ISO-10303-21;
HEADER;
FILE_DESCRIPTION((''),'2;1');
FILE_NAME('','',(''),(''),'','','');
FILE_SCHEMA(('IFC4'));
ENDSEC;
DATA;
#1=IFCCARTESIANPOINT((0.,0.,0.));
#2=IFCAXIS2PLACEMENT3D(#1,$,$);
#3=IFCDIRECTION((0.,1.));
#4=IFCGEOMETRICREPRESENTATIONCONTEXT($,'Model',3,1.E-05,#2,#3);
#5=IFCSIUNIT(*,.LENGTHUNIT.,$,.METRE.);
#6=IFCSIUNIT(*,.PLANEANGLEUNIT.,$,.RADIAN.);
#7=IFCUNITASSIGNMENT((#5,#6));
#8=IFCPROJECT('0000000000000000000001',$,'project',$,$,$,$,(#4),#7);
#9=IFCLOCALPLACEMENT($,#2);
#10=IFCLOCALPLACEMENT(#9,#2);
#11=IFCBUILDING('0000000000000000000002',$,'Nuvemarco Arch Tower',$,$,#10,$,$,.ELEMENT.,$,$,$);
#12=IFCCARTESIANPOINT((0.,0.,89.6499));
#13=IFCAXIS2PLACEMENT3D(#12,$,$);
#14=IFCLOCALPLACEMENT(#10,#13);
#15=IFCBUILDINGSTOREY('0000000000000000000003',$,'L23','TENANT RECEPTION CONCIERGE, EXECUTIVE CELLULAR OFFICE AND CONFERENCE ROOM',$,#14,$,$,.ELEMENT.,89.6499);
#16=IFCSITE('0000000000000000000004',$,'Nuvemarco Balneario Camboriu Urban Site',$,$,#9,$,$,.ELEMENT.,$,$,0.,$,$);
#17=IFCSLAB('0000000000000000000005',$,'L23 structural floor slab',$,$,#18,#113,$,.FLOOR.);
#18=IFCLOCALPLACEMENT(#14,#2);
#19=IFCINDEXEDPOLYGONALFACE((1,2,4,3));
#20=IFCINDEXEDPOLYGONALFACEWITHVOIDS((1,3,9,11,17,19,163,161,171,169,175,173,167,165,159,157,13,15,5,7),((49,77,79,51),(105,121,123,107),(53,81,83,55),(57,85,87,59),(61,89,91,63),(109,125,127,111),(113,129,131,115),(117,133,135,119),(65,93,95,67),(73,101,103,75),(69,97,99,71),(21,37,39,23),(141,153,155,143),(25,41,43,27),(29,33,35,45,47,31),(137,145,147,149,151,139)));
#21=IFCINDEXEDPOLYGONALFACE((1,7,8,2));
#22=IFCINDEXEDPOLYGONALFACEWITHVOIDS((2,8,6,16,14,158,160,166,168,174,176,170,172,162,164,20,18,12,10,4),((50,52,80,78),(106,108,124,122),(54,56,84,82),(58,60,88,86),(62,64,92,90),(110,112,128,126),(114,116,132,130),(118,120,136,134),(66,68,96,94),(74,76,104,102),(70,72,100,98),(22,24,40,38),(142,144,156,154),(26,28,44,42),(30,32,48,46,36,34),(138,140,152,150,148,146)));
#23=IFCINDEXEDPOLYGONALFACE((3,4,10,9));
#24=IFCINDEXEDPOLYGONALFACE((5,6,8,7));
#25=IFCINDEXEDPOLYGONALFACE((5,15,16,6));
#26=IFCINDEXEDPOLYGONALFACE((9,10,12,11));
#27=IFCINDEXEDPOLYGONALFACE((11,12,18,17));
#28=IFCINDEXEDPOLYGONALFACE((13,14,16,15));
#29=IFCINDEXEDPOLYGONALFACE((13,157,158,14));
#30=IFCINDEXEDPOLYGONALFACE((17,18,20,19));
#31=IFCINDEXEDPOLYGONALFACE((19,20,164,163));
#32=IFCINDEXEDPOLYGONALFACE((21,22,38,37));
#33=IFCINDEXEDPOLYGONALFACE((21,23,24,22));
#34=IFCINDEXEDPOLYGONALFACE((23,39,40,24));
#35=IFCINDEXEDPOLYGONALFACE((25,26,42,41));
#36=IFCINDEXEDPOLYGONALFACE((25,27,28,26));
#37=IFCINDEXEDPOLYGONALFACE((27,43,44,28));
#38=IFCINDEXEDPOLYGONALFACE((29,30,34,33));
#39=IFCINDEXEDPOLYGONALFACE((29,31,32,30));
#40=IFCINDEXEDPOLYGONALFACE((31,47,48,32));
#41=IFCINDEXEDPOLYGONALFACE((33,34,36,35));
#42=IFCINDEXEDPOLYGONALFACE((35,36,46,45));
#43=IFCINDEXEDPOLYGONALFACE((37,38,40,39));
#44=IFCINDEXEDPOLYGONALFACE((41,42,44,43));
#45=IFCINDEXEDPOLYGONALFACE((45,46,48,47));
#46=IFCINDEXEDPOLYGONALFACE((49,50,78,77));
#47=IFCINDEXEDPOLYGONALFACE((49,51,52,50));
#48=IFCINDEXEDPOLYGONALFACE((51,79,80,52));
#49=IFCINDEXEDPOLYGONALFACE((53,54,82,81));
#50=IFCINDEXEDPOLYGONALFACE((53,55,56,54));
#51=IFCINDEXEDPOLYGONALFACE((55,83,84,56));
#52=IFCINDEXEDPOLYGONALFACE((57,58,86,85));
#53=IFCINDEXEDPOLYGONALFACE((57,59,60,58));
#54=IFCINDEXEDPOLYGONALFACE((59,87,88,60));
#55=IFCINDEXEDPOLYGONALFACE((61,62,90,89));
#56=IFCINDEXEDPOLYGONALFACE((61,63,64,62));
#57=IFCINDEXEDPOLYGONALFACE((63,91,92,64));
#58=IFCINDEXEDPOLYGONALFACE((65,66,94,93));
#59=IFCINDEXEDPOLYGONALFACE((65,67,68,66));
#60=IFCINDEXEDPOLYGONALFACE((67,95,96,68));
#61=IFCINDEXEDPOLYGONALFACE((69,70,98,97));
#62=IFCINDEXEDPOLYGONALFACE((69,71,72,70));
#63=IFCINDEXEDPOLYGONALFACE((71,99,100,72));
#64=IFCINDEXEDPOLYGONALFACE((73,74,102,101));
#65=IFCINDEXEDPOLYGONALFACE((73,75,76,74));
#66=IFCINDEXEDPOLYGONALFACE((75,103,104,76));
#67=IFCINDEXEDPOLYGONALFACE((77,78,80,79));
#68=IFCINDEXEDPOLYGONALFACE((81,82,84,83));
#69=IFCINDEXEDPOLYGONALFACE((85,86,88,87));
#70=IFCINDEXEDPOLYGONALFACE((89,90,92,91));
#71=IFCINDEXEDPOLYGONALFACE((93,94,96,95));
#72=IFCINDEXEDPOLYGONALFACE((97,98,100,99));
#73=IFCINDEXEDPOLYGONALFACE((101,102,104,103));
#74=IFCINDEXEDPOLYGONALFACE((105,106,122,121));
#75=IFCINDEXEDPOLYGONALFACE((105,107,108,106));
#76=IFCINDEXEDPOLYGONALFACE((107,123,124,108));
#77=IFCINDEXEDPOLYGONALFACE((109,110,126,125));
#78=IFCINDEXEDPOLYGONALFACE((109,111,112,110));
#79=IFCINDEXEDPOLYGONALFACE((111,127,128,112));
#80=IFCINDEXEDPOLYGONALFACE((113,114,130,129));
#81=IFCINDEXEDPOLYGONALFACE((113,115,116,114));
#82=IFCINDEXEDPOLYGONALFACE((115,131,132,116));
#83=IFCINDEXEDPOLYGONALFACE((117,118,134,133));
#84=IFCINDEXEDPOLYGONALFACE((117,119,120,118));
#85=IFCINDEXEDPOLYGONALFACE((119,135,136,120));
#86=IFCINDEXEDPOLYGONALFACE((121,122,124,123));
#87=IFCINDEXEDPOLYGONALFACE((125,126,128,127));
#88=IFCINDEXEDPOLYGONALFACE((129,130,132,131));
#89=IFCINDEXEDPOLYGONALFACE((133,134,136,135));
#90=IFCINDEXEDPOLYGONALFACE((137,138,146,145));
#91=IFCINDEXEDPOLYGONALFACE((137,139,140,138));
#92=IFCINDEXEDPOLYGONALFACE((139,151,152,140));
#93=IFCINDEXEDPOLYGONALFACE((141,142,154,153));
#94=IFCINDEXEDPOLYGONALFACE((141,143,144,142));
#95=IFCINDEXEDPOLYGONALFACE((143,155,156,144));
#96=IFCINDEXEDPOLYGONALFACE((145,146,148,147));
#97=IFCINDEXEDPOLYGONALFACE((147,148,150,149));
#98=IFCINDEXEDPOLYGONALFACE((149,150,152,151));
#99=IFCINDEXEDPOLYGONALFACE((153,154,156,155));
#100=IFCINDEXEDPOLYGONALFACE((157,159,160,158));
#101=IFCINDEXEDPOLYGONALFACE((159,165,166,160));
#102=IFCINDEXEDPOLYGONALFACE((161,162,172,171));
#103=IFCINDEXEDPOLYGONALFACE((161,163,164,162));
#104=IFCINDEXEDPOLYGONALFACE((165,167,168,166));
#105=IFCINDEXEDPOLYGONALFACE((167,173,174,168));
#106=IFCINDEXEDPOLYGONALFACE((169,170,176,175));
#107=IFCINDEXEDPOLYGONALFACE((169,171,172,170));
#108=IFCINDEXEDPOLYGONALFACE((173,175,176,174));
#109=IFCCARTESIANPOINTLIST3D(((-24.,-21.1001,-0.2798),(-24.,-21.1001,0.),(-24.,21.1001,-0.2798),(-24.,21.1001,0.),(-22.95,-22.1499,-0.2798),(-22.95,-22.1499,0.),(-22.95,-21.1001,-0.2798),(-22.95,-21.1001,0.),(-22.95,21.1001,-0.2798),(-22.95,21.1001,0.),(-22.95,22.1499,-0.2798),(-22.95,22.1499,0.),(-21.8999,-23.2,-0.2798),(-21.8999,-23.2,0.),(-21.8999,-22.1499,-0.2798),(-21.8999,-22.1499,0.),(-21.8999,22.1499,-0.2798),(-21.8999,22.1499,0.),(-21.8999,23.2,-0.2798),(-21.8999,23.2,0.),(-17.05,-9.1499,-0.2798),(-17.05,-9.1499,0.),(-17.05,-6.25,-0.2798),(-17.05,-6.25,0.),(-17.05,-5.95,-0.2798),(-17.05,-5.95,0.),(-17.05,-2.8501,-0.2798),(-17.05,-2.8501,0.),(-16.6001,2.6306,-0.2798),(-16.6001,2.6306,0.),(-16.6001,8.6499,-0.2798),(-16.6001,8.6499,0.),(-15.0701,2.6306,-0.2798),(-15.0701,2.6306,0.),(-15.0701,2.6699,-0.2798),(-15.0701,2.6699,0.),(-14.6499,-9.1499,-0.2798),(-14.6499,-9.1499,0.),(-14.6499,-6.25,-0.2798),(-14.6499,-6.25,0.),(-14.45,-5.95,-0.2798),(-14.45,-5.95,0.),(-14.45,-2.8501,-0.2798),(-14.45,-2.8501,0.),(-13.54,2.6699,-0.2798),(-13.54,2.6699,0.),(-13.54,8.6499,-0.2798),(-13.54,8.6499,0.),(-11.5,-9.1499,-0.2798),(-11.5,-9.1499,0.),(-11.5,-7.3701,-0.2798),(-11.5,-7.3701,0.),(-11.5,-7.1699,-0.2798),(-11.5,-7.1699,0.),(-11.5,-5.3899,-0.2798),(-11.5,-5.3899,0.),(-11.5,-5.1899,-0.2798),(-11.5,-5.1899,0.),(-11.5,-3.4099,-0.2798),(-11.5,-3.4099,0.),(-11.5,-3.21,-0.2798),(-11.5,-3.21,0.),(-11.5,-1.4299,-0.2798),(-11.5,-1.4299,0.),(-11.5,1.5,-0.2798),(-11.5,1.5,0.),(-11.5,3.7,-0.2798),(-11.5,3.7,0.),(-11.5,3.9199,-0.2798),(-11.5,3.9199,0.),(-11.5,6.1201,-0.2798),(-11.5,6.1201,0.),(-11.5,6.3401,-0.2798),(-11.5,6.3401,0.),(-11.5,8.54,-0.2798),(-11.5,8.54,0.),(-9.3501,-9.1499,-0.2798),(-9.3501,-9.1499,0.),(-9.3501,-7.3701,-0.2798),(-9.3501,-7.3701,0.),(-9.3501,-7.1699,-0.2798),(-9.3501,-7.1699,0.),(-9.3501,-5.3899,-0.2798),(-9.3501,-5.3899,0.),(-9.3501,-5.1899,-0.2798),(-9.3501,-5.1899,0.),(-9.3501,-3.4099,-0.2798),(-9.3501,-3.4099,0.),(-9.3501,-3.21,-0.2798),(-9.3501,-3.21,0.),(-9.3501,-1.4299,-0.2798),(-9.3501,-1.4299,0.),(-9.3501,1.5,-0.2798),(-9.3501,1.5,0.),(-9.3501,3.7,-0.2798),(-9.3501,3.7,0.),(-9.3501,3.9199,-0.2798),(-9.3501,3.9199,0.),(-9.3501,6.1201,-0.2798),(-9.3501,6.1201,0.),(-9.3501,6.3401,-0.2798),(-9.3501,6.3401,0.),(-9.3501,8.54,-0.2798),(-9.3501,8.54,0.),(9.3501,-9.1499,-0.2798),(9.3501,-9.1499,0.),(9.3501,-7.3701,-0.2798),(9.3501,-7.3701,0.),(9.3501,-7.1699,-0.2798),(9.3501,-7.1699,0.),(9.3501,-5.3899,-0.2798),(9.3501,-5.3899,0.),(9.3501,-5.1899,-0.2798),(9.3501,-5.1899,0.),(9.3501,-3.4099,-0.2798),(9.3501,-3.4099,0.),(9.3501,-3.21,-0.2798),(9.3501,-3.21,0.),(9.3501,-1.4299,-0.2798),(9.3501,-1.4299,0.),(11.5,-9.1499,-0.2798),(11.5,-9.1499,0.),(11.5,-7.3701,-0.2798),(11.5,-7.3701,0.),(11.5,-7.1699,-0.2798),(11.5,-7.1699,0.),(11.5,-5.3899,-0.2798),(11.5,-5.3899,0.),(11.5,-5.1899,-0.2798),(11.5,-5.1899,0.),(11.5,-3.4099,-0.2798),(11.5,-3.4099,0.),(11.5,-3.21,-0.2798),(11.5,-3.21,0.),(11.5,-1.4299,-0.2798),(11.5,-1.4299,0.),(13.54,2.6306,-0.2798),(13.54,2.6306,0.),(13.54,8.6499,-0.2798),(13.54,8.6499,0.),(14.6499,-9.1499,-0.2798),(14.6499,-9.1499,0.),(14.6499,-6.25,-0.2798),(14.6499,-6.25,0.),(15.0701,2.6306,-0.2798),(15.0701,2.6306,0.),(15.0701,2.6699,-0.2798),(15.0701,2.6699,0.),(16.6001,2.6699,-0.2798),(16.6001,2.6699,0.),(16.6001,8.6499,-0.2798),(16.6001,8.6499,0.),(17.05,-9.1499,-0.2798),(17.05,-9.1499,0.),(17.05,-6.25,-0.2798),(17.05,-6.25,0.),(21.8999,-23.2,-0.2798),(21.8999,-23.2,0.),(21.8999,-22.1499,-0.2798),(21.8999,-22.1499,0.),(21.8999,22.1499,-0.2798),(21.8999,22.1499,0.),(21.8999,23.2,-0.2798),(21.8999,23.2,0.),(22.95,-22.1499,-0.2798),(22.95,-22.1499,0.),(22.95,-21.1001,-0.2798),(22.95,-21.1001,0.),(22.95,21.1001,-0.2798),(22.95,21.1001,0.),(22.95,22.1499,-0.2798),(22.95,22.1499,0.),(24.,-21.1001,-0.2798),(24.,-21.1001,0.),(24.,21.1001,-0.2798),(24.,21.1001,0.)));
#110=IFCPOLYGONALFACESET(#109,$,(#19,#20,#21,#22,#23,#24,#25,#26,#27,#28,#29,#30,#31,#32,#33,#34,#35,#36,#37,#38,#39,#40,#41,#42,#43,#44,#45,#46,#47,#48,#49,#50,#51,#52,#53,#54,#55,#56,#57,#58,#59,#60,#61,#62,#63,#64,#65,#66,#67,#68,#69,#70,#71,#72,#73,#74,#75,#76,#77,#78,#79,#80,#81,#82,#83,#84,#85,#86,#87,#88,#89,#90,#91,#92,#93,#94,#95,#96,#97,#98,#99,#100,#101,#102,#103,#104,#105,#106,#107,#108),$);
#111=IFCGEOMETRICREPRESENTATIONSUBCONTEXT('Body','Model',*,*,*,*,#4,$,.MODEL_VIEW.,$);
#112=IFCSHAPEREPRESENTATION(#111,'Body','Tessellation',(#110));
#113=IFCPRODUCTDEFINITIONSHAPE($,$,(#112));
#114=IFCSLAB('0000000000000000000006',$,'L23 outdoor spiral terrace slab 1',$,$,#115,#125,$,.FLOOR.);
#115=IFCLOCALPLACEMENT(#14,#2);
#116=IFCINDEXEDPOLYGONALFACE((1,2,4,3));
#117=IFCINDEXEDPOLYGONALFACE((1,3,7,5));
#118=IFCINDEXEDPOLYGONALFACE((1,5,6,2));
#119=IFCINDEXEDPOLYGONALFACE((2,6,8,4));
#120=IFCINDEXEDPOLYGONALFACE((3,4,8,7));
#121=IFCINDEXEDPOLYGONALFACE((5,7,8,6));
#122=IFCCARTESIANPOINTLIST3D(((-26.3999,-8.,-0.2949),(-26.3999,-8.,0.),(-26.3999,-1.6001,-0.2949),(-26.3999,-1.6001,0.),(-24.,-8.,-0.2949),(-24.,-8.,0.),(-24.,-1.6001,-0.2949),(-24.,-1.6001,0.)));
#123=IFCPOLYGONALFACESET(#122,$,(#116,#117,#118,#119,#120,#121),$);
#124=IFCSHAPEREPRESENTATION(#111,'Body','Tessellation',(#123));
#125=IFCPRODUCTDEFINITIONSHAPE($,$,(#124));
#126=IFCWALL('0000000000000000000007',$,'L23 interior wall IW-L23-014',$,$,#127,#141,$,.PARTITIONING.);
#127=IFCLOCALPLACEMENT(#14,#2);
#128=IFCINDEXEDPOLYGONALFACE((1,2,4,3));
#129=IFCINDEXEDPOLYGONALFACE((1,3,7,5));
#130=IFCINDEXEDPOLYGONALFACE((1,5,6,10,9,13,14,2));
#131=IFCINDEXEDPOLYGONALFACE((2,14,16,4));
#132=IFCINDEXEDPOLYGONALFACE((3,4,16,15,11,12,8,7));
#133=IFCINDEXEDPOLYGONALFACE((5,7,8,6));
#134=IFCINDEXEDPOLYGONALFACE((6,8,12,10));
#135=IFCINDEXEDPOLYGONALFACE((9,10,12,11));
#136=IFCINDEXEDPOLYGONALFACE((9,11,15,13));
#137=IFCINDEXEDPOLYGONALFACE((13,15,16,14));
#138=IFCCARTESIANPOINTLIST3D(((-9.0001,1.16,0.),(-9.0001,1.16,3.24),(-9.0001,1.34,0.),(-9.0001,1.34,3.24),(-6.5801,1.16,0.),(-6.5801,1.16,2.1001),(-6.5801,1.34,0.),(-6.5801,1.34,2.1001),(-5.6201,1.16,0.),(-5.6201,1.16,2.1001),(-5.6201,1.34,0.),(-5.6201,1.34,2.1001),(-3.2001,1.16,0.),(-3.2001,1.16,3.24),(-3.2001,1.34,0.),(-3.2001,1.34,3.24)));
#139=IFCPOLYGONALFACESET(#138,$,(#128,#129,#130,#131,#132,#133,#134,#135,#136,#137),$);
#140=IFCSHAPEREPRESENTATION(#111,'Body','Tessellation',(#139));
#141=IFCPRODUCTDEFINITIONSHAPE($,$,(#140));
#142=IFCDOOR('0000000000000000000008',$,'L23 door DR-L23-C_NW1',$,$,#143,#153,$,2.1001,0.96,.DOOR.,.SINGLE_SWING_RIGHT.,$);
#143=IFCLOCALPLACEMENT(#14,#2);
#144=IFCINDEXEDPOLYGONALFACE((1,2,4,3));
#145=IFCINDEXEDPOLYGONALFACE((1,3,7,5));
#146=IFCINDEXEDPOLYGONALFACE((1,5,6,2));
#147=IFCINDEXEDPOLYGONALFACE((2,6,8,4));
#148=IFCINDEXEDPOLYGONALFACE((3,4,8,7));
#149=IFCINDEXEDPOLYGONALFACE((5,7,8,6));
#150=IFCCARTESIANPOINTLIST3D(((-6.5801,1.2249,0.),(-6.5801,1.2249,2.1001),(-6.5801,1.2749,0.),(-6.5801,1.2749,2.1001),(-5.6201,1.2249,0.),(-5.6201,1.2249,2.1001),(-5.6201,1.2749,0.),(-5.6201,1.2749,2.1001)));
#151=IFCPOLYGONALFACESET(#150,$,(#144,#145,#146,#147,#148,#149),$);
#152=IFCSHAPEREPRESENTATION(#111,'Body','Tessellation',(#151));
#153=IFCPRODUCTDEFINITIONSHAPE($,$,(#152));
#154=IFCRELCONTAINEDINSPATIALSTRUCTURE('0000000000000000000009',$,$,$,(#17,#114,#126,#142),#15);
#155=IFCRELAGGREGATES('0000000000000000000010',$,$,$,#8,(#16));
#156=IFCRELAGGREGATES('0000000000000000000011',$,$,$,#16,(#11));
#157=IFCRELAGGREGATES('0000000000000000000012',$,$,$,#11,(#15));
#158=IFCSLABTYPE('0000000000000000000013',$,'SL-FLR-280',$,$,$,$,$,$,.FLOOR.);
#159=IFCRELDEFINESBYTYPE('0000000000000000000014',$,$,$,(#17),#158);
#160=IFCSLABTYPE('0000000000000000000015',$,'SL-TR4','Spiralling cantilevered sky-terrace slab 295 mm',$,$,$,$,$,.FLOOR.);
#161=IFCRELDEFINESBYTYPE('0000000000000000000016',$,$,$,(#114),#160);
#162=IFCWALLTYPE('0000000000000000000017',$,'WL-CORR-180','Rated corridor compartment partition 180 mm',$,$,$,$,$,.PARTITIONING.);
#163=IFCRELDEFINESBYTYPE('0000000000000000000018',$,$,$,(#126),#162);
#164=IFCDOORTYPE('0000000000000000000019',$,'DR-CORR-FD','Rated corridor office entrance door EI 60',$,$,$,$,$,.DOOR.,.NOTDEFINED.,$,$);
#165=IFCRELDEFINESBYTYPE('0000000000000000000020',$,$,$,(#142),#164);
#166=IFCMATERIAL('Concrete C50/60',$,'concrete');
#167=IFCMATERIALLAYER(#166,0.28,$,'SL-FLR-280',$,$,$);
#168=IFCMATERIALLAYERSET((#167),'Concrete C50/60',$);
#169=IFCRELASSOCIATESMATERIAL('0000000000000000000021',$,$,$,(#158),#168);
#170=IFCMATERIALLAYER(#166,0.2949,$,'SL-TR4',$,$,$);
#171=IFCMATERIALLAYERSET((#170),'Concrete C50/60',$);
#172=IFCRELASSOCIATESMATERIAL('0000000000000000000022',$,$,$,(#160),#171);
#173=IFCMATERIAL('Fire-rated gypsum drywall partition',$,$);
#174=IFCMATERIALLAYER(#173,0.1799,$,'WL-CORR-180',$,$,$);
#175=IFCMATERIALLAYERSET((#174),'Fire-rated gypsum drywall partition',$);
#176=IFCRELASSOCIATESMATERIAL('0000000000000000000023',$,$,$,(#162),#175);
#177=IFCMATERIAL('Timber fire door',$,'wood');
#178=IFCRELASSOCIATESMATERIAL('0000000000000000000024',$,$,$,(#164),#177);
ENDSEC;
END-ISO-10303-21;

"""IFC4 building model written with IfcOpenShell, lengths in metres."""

from ifc_helpers import new_model, si_unit, direction, frame, frame_2d, origin, place, context, subcontext, project, spatial, polyline, rectangle, outline, extrude, source, transform, mapped, material, layer, layer_set, type_object, type_shapes, element, fill, save


model = new_model("IFC4")

# Units and contexts
model_context = context("Model", 3, precision=1e-05, world=origin(), true_north=direction((0.0, 1.0)))
body_context = subcontext(model_context, "Body", "Model", "MODEL_VIEW")
ifc_project = project(units=[si_unit("LENGTHUNIT", "METRE"), si_unit("PLANEANGLEUNIT", "RADIAN")], contexts=[model_context])

# Site, building, storey
site_placement = place(None, origin())
site = spatial("IfcSite", under=ifc_project, at=site_placement, Name="Nuvemarco Balneario Camboriu Urban Site", CompositionType="ELEMENT", RefElevation=0.0)
building_placement = place(site_placement, origin())
building = spatial("IfcBuilding", under=site, at=building_placement, Name="Nuvemarco Arch Tower", CompositionType="ELEMENT")
storey_placement = place(building_placement, frame((0.0, 0.0, 89.6499)))
storey = spatial("IfcBuildingStorey", under=building, at=storey_placement, Name="L23", Description="TENANT RECEPTION CONCIERGE, EXECUTIVE CELLULAR OFFICE AND CONFERENCE ROOM", CompositionType="ELEMENT", Elevation=89.6499)

# Slabs
ifc_material_1 = material(Name="Concrete C50/60", Category="concrete")
ifc_layer_1 = layer(ifc_material_1, 0.28, Name="SL-FLR-280")
ifc_layer_set_1 = layer_set([ifc_layer_1], Name="Concrete C50/60")
slab_type_1 = type_object("IfcSlabType", Name="SL-FLR-280", PredefinedType="FLOOR", material=ifc_layer_set_1)
slab_1_placement = place(storey_placement, frame((0.0, 0.0, -0.2798)))
element("IfcSlab", 1, at=slab_1_placement, inside=storey, type_object=slab_type_1, Name="L23 structural floor slab", PredefinedType="FLOOR", context=body_context, shape_type="SweptSolid", body=[
    extrude(outline(polyline([(-21.8999, -23.2), (21.8999, -23.2), (21.8999, -22.1499), (22.95, -22.1499), (22.95, -21.1001), (24.0, -21.1001), (24.0, 21.1001), (22.95, 21.1001), (22.95, 22.1499), (21.8999, 22.1499), (21.8999, 23.2), (-21.8999, 23.2), (-21.8999, 22.1499), (-22.95, 22.1499), (-22.95, 21.1001), (-24.0, 21.1001), (-24.0, -21.1001), (-22.95, -21.1001), (-22.95, -22.1499), (-21.8999, -22.1499), (-21.8999, -23.2)]), holes=[polyline([(-13.54, 2.6699), (-13.54, 8.6499), (-16.6001, 8.6499), (-16.6001, 2.6306), (-15.0701, 2.6306), (-15.0701, 2.6699), (-13.54, 2.6699)]), polyline([(16.6001, 2.6699), (16.6001, 8.6499), (13.54, 8.6499), (13.54, 2.6306), (15.0701, 2.6306), (15.0701, 2.6699), (16.6001, 2.6699)]), polyline([(-17.05, -9.1499), (-14.6499, -9.1499), (-14.6499, -6.25), (-17.05, -6.25), (-17.05, -9.1499)]), polyline([(-17.05, -5.95), (-14.45, -5.95), (-14.45, -2.8501), (-17.05, -2.8501), (-17.05, -5.95)]), polyline([(-11.5, -9.1499), (-9.3501, -9.1499), (-9.3501, -7.3701), (-11.5, -7.3701), (-11.5, -9.1499)]), polyline([(-11.5, -7.1699), (-9.3501, -7.1699), (-9.3501, -5.3899), (-11.5, -5.3899), (-11.5, -7.1699)]), polyline([(-11.5, -5.1899), (-9.3501, -5.1899), (-9.3501, -3.4099), (-11.5, -3.4099), (-11.5, -5.1899)]), polyline([(-11.5, -3.21), (-9.3501, -3.21), (-9.3501, -1.4299), (-11.5, -1.4299), (-11.5, -3.21)]), polyline([(-11.5, 1.5), (-9.3501, 1.5), (-9.3501, 3.7), (-11.5, 3.7), (-11.5, 1.5)]), polyline([(-11.5, 3.9199), (-9.3501, 3.9199), (-9.3501, 6.1201), (-11.5, 6.1201), (-11.5, 3.9199)]), polyline([(-11.5, 6.3401), (-9.3501, 6.3401), (-9.3501, 8.54), (-11.5, 8.54), (-11.5, 6.3401)]), polyline([(14.6499, -9.1499), (17.05, -9.1499), (17.05, -6.25), (14.6499, -6.25), (14.6499, -9.1499)]), polyline([(9.3501, -9.1499), (11.5, -9.1499), (11.5, -7.3701), (9.3501, -7.3701), (9.3501, -9.1499)]), polyline([(9.3501, -7.1699), (11.5, -7.1699), (11.5, -5.3899), (9.3501, -5.3899), (9.3501, -7.1699)]), polyline([(9.3501, -5.1899), (11.5, -5.1899), (11.5, -3.4099), (9.3501, -3.4099), (9.3501, -5.1899)]), polyline([(9.3501, -3.21), (11.5, -3.21), (11.5, -1.4299), (9.3501, -1.4299), (9.3501, -3.21)])]), origin(), (0.0, 0.0, 1.0), 0.2798),
])
ifc_layer_2 = layer(ifc_material_1, 0.2949, Name="SL-TR4")
ifc_layer_set_2 = layer_set([ifc_layer_2], Name="Concrete C50/60")
slab_type_2 = type_object("IfcSlabType", Name="SL-TR4", Description="Spiralling cantilevered sky-terrace slab 295 mm", PredefinedType="FLOOR", material=ifc_layer_set_2)
slab_2_placement = place(storey_placement, frame((0.0, 0.0, -0.2949)))
element("IfcSlab", 2, at=slab_2_placement, inside=storey, type_object=slab_type_2, Name="L23 outdoor spiral terrace slab 1", PredefinedType="FLOOR", context=body_context, shape_type="SweptSolid", body=[
    extrude(outline(polyline([(-26.3999, -8.0), (-24.0, -8.0), (-24.0, -1.6001), (-26.3999, -1.6001), (-26.3999, -8.0)])), origin(), (0.0, 0.0, 1.0), 0.2949),
])

# Wall, opening, door
ifc_material_2 = material(Name="Fire-rated gypsum drywall partition")
ifc_layer_3 = layer(ifc_material_2, 0.1799, Name="WL-CORR-180")
ifc_layer_set_3 = layer_set([ifc_layer_3], Name="Fire-rated gypsum drywall partition")
wall_type_1 = type_object("IfcWallType", Name="WL-CORR-180", Description="Rated corridor compartment partition 180 mm", PredefinedType="PARTITIONING", material=ifc_layer_set_3)
wall_1_placement = place(storey_placement, frame((-9.0, 1.25, 0.0), z_axis=(0.0, 0.0, 1.0), x_axis=(1.0, 0.0, 0.0)))
wall_1 = element("IfcWall", 3, at=wall_1_placement, inside=storey, type_object=wall_type_1, Name="L23 interior wall IW-L23-014", PredefinedType="PARTITIONING", context=body_context, shape_type="SweptSolid", body=[
    extrude(rectangle(XDim=5.8, YDim=0.1799, at=frame_2d((2.8999, 0.0))), origin(), (0.0, 0.0, 1.0), 3.24),
])
opening_1_placement = place(wall_1_placement, frame((2.4199, 0.0, 0.0)))
opening_1 = element("IfcOpeningElement", 4, at=opening_1_placement, cuts=wall_1, PredefinedType="OPENING", context=body_context, shape_type="SweptSolid", body=[
    extrude(rectangle(XDim=0.96, YDim=2.1001, at=frame_2d((0.48, 1.05))), frame((0.0, 0.0999, 0.0), z_axis=(0.0, -1.0, 0.0), x_axis=(1.0, 0.0, 0.0)), (0.0, 0.0, 1.0), 0.2),
])
ifc_material_3 = material(Name="Timber fire door", Category="wood")
door_type_1 = type_object("IfcDoorType", Name="DR-CORR-FD", Description="Rated corridor office entrance door EI 60", OperationType="NOTDEFINED", PredefinedType="DOOR", material=ifc_material_3)
shared_shape_1 = source(origin(), body_context, "Body", "SweptSolid", [
    extrude(rectangle(XDim=0.96, YDim=2.1001, at=frame_2d((0.48, 1.05))), frame((0.0, 0.0249, 0.0), z_axis=(0.0, -1.0, 0.0), x_axis=(1.0, 0.0, 0.0)), (0.0, 0.0, 1.0), 0.05),
])
type_shapes(door_type_1, [shared_shape_1])
door_1_placement = place(opening_1_placement, origin())
door_1 = element("IfcDoor", 5, at=door_1_placement, inside=storey, type_object=door_type_1, Name="L23 door DR-L23-C_NW1", OperationType="SINGLE_SWING_RIGHT", OverallHeight=2.1001, OverallWidth=0.96, PredefinedType="DOOR", context=body_context, shape_type="MappedRepresentation", body=[
    mapped(shared_shape_1, transform((0.0, 0.0, 0.0), scale=1.0)),
])
fill(opening_1, door_1)

save(model, "model.ifc")
